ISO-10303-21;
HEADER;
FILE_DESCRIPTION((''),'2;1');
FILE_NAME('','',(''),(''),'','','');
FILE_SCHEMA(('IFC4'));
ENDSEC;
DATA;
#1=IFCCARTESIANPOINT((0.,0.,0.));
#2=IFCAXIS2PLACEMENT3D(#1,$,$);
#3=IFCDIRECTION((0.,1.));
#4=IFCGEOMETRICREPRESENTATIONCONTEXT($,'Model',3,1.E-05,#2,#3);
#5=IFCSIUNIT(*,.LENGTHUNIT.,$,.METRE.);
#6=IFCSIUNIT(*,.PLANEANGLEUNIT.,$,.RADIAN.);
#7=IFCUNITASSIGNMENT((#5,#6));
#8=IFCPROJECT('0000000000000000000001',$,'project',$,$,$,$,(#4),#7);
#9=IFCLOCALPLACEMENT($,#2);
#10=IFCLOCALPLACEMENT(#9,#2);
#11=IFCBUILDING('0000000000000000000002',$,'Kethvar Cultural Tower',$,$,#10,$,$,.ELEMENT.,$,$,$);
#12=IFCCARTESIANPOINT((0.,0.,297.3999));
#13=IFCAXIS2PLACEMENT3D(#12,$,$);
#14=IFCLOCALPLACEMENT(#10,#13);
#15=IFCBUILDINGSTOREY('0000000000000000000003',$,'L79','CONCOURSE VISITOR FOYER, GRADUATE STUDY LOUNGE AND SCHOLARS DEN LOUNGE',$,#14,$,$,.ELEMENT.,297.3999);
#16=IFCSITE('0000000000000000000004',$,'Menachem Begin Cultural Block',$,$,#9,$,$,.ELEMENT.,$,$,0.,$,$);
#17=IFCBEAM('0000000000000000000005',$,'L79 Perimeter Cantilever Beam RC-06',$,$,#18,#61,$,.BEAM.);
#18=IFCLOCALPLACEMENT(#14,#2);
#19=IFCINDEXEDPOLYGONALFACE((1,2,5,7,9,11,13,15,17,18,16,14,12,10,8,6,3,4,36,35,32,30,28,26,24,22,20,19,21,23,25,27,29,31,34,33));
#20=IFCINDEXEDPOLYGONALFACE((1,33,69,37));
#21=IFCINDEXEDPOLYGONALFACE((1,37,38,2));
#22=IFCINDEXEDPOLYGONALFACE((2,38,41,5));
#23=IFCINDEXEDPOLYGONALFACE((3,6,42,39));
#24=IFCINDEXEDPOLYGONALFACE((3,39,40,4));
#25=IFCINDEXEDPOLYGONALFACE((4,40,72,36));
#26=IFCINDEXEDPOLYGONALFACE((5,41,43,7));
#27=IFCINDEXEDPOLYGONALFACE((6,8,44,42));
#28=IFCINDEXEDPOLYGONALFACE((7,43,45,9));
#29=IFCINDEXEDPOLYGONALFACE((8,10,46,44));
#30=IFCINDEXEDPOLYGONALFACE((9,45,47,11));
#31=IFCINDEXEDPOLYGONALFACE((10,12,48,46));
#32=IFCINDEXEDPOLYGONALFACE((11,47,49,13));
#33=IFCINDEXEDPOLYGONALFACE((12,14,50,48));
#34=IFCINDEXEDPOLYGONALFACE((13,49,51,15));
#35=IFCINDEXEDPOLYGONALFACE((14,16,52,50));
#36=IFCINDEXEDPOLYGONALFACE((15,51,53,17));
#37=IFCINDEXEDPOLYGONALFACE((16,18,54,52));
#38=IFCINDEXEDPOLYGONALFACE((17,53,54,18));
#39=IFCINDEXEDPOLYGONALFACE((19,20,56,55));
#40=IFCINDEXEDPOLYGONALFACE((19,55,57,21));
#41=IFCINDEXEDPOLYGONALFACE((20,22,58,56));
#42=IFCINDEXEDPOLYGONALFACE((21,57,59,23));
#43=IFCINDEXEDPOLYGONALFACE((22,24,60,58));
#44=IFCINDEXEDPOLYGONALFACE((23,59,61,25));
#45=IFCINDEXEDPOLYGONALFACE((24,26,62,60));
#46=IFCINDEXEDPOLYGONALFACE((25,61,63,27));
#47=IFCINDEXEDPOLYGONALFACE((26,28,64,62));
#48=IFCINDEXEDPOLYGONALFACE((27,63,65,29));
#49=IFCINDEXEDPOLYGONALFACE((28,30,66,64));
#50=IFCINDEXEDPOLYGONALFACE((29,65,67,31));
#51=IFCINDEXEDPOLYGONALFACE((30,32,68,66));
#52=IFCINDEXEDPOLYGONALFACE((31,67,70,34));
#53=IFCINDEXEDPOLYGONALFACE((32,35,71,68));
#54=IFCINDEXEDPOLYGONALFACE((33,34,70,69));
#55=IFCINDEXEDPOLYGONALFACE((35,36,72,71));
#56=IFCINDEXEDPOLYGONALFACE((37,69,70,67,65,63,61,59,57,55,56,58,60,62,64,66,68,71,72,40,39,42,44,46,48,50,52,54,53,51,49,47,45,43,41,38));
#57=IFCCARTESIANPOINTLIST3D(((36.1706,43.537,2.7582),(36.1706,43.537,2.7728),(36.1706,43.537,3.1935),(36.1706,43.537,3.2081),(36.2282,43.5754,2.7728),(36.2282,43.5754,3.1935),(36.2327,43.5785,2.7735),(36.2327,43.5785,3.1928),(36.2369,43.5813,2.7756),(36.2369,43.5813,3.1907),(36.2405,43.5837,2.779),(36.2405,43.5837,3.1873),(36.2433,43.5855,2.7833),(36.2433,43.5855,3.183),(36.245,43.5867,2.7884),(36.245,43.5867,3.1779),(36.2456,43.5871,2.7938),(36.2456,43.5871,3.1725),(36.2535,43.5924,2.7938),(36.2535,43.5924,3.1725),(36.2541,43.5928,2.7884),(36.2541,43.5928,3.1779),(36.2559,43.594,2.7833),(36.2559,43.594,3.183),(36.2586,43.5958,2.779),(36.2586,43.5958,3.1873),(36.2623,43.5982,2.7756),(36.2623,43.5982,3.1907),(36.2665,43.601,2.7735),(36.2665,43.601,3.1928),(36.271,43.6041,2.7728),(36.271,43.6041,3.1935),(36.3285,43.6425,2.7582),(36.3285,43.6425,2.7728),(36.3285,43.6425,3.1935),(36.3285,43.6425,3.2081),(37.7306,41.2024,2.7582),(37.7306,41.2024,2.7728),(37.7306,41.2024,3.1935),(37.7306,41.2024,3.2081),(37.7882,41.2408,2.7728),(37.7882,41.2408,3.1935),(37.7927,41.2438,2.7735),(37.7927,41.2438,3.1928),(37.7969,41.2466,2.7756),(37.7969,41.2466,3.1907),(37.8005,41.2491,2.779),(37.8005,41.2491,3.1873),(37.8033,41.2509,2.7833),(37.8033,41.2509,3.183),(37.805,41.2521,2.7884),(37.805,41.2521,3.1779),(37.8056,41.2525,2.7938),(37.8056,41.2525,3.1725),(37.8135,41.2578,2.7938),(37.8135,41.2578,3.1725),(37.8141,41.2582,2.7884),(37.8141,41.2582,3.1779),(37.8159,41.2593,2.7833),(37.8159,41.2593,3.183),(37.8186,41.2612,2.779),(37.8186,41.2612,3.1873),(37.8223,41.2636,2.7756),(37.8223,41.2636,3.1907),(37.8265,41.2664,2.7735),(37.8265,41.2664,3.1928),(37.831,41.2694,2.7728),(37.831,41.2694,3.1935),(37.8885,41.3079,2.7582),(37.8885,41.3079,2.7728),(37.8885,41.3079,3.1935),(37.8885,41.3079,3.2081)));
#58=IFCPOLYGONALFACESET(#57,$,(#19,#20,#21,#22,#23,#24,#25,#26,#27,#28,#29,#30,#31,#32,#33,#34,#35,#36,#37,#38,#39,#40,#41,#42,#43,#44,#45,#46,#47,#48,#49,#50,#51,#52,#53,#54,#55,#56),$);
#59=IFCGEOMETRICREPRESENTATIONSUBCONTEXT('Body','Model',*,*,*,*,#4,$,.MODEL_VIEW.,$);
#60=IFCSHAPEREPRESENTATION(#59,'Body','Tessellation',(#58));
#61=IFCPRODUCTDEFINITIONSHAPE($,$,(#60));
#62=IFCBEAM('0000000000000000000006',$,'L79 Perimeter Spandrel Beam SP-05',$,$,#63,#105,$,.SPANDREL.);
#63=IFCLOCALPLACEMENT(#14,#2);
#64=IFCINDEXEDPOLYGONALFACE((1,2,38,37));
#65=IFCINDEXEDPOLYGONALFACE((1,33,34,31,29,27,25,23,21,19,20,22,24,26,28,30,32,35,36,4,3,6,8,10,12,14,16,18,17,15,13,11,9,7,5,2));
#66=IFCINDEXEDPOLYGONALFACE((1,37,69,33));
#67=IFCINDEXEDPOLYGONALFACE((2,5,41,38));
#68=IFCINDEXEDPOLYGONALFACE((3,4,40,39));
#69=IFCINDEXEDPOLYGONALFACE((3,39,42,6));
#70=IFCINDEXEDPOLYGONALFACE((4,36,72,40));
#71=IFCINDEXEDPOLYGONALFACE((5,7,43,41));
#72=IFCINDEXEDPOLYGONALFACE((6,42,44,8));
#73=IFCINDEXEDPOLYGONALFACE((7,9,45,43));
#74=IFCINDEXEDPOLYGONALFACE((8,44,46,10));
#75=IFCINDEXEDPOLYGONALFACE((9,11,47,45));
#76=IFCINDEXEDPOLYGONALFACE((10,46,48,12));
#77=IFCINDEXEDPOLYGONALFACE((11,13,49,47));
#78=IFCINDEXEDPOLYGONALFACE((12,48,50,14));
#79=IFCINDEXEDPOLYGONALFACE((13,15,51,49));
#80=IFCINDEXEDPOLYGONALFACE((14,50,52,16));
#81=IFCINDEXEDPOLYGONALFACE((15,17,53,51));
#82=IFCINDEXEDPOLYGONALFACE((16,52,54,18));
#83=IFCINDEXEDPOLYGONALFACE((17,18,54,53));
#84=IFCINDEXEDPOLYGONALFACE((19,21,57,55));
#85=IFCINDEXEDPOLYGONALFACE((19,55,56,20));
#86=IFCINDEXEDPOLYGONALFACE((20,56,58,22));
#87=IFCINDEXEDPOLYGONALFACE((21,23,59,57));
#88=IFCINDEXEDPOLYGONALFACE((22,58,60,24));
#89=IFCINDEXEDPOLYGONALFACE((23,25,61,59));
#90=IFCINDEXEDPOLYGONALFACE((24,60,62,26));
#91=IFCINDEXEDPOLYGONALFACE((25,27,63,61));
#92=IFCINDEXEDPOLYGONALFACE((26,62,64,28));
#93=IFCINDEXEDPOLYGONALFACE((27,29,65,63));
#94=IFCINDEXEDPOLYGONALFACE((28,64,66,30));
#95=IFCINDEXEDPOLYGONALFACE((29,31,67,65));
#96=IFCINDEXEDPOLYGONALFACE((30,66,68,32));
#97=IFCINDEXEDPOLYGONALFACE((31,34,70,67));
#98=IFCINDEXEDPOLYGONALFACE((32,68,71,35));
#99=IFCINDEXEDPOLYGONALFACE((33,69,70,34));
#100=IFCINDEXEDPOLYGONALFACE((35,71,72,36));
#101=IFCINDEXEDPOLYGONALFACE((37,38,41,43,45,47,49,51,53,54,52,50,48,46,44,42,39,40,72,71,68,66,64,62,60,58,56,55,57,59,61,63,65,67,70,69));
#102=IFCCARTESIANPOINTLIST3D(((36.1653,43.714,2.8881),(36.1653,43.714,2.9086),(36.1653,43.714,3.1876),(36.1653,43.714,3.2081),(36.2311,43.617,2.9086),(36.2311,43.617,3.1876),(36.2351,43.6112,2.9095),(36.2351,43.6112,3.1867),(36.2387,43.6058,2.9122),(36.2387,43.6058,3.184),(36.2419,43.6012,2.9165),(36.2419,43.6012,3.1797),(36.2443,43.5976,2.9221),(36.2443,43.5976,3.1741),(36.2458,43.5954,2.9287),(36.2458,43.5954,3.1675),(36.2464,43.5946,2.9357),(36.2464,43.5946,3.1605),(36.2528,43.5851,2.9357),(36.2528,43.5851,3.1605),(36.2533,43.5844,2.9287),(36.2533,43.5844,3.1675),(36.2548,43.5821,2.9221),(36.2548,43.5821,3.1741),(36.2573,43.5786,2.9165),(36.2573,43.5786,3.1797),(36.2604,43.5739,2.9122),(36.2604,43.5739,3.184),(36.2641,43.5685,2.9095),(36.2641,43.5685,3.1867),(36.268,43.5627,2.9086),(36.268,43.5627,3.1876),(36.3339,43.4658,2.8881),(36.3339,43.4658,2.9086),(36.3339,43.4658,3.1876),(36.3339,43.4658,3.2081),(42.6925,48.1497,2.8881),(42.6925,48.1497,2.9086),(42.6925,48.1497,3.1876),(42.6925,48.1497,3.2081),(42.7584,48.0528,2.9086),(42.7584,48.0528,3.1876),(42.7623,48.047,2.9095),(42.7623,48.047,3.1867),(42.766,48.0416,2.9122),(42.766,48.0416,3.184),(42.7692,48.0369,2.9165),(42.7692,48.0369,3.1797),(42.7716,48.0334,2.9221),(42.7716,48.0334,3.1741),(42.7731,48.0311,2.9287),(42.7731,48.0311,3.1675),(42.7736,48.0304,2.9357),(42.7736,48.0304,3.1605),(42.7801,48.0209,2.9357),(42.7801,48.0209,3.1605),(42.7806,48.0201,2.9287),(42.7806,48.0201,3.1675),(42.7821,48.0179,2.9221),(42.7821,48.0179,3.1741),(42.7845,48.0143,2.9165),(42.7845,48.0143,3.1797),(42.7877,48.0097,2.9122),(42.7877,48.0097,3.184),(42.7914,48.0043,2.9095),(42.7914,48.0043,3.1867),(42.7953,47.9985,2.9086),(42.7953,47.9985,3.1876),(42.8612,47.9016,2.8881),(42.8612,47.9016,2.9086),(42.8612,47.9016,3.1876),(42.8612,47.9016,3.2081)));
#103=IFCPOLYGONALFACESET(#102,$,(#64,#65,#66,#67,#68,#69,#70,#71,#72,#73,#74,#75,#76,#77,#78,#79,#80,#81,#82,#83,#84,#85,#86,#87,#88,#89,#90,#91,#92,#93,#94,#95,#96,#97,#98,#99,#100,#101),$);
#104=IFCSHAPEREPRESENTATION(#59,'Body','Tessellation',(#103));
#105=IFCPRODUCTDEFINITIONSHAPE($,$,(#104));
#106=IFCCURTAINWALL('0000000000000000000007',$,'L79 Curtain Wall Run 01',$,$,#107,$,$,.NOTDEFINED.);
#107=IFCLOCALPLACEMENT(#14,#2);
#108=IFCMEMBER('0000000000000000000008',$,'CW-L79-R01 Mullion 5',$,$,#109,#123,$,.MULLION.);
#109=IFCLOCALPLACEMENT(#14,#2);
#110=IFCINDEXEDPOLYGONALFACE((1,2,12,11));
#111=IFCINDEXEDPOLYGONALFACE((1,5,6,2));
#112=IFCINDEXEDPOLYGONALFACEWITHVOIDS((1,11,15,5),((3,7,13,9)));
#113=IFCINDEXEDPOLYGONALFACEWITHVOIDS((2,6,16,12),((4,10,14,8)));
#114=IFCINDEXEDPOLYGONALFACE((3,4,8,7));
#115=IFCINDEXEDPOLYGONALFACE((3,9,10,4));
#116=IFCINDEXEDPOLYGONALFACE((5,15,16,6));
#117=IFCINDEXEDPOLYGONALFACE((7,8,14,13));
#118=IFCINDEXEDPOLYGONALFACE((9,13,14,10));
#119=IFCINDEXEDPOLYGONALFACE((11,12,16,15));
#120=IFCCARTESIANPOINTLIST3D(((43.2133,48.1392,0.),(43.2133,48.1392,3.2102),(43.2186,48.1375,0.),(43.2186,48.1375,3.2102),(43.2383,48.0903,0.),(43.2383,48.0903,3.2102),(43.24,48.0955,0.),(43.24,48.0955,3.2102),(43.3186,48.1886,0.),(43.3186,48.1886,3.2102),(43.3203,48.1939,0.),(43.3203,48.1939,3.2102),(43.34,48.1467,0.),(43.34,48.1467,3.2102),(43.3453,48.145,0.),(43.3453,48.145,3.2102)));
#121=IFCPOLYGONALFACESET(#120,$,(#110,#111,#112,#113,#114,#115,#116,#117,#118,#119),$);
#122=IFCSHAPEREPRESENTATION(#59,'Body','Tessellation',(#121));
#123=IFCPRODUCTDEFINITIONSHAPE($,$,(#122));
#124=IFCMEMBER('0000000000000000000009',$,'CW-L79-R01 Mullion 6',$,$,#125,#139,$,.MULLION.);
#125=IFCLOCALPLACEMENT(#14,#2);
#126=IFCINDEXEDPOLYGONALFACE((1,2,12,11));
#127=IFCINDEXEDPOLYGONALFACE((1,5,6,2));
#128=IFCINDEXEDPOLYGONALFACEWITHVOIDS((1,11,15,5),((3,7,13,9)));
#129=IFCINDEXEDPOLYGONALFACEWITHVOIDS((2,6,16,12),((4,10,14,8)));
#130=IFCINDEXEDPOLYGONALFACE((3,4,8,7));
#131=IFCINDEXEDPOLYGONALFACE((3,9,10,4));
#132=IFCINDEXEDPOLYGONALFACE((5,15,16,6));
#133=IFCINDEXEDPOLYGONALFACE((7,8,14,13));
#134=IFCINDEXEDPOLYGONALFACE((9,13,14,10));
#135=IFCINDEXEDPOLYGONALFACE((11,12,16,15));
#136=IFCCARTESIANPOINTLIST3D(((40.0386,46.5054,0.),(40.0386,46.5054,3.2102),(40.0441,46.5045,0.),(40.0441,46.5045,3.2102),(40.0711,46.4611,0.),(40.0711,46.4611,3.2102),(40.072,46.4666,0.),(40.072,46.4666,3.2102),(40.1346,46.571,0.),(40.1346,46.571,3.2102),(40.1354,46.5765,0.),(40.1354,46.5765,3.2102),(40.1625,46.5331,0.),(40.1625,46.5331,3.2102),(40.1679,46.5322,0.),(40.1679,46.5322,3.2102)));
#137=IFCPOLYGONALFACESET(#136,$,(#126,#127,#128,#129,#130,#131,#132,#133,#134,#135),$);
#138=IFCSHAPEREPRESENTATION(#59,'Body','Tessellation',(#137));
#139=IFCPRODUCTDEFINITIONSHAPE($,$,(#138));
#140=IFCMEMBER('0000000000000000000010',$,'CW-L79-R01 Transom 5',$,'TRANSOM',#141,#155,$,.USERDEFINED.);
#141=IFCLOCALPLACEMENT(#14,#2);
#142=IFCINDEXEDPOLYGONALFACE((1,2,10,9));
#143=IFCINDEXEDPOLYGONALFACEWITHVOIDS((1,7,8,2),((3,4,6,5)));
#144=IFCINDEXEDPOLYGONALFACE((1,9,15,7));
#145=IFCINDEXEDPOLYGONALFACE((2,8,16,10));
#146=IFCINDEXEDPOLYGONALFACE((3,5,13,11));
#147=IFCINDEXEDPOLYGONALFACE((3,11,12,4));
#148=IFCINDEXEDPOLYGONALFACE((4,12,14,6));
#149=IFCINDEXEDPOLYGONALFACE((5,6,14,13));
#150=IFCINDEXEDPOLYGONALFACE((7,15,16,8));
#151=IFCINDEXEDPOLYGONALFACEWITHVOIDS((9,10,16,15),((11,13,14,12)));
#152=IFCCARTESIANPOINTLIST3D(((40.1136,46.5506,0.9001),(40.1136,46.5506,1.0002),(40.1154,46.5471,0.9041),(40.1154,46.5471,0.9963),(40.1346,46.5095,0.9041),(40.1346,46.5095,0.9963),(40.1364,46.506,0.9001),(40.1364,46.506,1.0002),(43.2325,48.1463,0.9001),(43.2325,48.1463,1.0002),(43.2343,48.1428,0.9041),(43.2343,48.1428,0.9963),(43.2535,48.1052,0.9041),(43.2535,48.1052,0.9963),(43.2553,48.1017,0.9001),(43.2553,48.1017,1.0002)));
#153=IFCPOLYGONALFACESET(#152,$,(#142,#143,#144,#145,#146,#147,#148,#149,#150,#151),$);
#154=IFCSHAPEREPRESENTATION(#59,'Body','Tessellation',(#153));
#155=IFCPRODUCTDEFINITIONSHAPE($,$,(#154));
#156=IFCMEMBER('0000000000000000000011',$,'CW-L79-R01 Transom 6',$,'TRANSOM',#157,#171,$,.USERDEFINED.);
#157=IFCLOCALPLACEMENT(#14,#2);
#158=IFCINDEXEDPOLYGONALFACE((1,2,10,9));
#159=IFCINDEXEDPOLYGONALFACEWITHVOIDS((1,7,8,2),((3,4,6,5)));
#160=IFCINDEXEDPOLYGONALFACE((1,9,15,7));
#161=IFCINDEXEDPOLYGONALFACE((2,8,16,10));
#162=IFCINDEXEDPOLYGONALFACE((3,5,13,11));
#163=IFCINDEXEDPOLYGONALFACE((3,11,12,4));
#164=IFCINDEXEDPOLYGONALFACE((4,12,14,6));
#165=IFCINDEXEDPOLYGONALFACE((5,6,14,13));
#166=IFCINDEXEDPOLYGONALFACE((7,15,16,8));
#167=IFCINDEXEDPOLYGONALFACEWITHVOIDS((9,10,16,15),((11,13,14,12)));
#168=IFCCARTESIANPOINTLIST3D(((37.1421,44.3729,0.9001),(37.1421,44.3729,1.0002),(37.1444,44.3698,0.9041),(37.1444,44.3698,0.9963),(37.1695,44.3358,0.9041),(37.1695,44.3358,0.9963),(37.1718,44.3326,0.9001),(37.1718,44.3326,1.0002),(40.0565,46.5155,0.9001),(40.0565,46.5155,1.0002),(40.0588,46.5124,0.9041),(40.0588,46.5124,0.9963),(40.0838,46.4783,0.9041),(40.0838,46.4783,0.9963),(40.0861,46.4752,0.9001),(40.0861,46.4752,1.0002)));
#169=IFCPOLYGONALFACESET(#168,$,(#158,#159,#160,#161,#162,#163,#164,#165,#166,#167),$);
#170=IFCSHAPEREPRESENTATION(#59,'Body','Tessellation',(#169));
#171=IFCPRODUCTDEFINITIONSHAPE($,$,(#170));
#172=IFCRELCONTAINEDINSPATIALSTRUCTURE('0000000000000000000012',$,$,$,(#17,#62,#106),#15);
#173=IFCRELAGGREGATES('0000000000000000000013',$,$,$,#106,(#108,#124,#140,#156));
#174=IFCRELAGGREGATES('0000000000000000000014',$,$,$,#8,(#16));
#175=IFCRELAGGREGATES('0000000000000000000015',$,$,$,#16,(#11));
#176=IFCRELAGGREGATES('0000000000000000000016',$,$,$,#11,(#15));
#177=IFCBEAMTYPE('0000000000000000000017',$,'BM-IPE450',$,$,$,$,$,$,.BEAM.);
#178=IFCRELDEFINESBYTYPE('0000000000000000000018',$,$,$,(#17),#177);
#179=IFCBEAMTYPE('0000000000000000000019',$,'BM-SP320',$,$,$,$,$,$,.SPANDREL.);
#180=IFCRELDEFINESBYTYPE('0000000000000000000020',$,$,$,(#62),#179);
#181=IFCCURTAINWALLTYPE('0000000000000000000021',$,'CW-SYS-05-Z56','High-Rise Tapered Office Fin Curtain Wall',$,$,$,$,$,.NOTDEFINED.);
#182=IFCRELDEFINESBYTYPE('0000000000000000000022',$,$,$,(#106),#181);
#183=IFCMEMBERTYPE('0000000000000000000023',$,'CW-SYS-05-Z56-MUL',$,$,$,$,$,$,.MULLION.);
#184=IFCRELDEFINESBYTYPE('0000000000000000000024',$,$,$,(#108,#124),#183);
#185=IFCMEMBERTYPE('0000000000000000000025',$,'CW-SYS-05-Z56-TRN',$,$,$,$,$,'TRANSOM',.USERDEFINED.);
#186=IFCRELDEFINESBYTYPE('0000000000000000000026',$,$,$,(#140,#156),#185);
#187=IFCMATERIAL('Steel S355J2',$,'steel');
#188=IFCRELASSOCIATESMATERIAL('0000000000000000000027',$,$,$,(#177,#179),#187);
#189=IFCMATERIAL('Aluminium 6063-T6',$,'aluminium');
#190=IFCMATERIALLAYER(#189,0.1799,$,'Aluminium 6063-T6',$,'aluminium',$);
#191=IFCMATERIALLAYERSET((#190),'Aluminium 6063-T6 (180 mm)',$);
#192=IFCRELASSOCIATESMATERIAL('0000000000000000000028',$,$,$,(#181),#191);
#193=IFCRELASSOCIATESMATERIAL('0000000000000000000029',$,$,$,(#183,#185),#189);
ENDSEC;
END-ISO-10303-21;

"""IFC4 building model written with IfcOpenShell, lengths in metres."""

from ifc_helpers import new_model, si_unit, direction, frame, origin, origin_2d, place, context, subcontext, project, spatial, hollow_rectangle, i_section, extrude, source, transform, mapped, material, layer, layer_set, material_profile, profile_set, type_object, element, aggregate, save


model = new_model("IFC4")

# Units and contexts
model_context = context("Model", 3, precision=1e-05, world=origin(), true_north=direction((0.0, 1.0)))
body_context = subcontext(model_context, "Body", "Model", "MODEL_VIEW")
ifc_project = project(units=[si_unit("LENGTHUNIT", "METRE"), si_unit("PLANEANGLEUNIT", "RADIAN")], contexts=[model_context])

# Site, building, storey
site_placement = place(None, origin())
site = spatial("IfcSite", under=ifc_project, at=site_placement, Name="Menachem Begin Cultural Block", CompositionType="ELEMENT", RefElevation=0.0)
building_placement = place(site_placement, origin())
building = spatial("IfcBuilding", under=site, at=building_placement, Name="Kethvar Cultural Tower", CompositionType="ELEMENT")
storey_placement = place(building_placement, frame((0.0, 0.0, 297.3999)))
storey = spatial("IfcBuildingStorey", under=building, at=storey_placement, Name="L79", Description="CONCOURSE VISITOR FOYER, GRADUATE STUDY LOUNGE AND SCHOLARS DEN LOUNGE", CompositionType="ELEMENT", Elevation=297.3999)

# Shared definitions
ifc_material_1 = material(Name="Steel S355J2", Category="steel")

# Beams
ifc_material_profile_1 = material_profile(ifc_material_1, i_section(OverallWidth=0.1899, OverallDepth=0.45, WebThickness=0.0095, FlangeThickness=0.0146, FilletRadius=0.021, at=origin_2d()), Name="Steel S355J2 — IPE450")
ifc_profile_set_1 = profile_set([ifc_material_profile_1], Name="Steel S355J2 — IPE450")
beam_type_1 = type_object("IfcBeamType", Name="BM-IPE450", PredefinedType="BEAM", material=ifc_profile_set_1)
shared_shape_1 = source(origin(), body_context, "Body", "SweptSolid", [
    extrude(i_section(OverallWidth=0.1899, OverallDepth=0.45, WebThickness=0.0095, FlangeThickness=0.0146, FilletRadius=0.021, at=origin_2d()), origin(), (0.0, 0.0, 1.0), 2.8079),
])
beam_1_placement = place(storey_placement, frame((37.8096, 41.2551, 2.9832), z_axis=(-0.555583, 0.831461, 0.0), x_axis=(-0.831461, -0.555583, 0.0)))
element("IfcBeam", 1, at=beam_1_placement, inside=storey, type_object=beam_type_1, Name="L79 Perimeter Cantilever Beam RC-06", PredefinedType="BEAM", context=body_context, shape_type="MappedRepresentation", body=[
    mapped(shared_shape_1, transform((0.0, 0.0, 0.0), scale=1.0)),
])
ifc_material_profile_2 = material_profile(ifc_material_1, i_section(OverallWidth=0.3, OverallDepth=0.3201, WebThickness=0.0115, FlangeThickness=0.0205, FilletRadius=0.0271, at=origin_2d()), Name="Steel S355J2 — HEB320")
ifc_profile_set_2 = profile_set([ifc_material_profile_2], Name="Steel S355J2 — HEB320")
beam_type_2 = type_object("IfcBeamType", Name="BM-SP320", PredefinedType="SPANDREL", material=ifc_profile_set_2)
shared_shape_2 = source(origin(), body_context, "Body", "SweptSolid", [
    extrude(i_section(OverallWidth=0.3, OverallDepth=0.3201, WebThickness=0.0115, FlangeThickness=0.0205, FilletRadius=0.0271, at=origin_2d()), origin(), (0.0, 0.0, 1.0), 7.8918),
])
beam_2_placement = place(storey_placement, frame((42.7769, 48.0256, 3.0481), z_axis=(-0.827092, -0.562067, 0.0), x_axis=(0.562067, -0.827092, 0.0)))
element("IfcBeam", 2, at=beam_2_placement, inside=storey, type_object=beam_type_2, Name="L79 Perimeter Spandrel Beam SP-05", PredefinedType="SPANDREL", context=body_context, shape_type="MappedRepresentation", body=[
    mapped(shared_shape_2, transform((0.0, 0.0, 0.0), scale=1.0)),
])

# Curtain wall, members
ifc_material_2 = material(Name="Aluminium 6063-T6", Category="aluminium")
ifc_layer_1 = layer(ifc_material_2, 0.1799, Name="Aluminium 6063-T6", Category="aluminium")
ifc_layer_set_1 = layer_set([ifc_layer_1], Name="Aluminium 6063-T6 (180 mm)")
curtain_wall_type = type_object("IfcCurtainWallType", Name="CW-SYS-05-Z56", Description="High-Rise Tapered Office Fin Curtain Wall", PredefinedType="NOTDEFINED", material=ifc_layer_set_1)
curtain_wall_placement = place(storey_placement, origin())
curtain_wall = element("IfcCurtainWall", 3, at=curtain_wall_placement, inside=storey, type_object=curtain_wall_type, Name="L79 Curtain Wall Run 01", PredefinedType="NOTDEFINED")
ifc_material_profile_3 = material_profile(ifc_material_2, hollow_rectangle(XDim=0.0549, YDim=0.1201, WallThickness=0.0039, at=origin_2d()), Name="Aluminium 6063-T6 — RHS120x55x4")
ifc_profile_set_3 = profile_set([ifc_material_profile_3], Name="Aluminium 6063-T6 — RHS120x55x4")
member_type_1 = type_object("IfcMemberType", Name="CW-SYS-05-Z56-MUL", PredefinedType="MULLION", material=ifc_profile_set_3)
shared_shape_3 = source(origin(), body_context, "Body", "SweptSolid", [
    extrude(hollow_rectangle(XDim=0.0549, YDim=0.1201, WallThickness=0.0039, at=origin_2d()), origin(), (0.0, 0.0, 1.0), 3.2102),
])
member_1_placement = place(storey_placement, frame((43.2793, 48.1421, 0.0), z_axis=(0.0, 0.0, 1.0), x_axis=(0.455483, -0.890245, 0.0)))
member_1 = element("IfcMember", 4, at=member_1_placement, type_object=member_type_1, Name="CW-L79-R01 Mullion 5", PredefinedType="MULLION", context=body_context, shape_type="MappedRepresentation", body=[
    mapped(shared_shape_3, transform((0.0, 0.0, 0.0), scale=1.0)),
])
member_2_placement = place(storey_placement, frame((40.1033, 46.5188, 0.0), z_axis=(0.0, 0.0, 1.0), x_axis=(0.592309, -0.805711, 0.0)))
member_2 = element("IfcMember", 5, at=member_2_placement, type_object=member_type_1, Name="CW-L79-R01 Mullion 6", PredefinedType="MULLION", context=body_context, shape_type="MappedRepresentation", body=[
    mapped(shared_shape_3, transform((0.0, 0.0, 0.0), scale=1.0)),
])
ifc_material_profile_4 = material_profile(ifc_material_2, hollow_rectangle(XDim=0.05, YDim=0.1001, WallThickness=0.0039, at=origin_2d()), Name="Aluminium 6063-T6 — RHS100x50x4")
ifc_profile_set_4 = profile_set([ifc_material_profile_4], Name="Aluminium 6063-T6 — RHS100x50x4")
member_type_2 = type_object("IfcMemberType", Name="CW-SYS-05-Z56-TRN", ElementType="TRANSOM", PredefinedType="USERDEFINED", material=ifc_profile_set_4)
shared_shape_4 = source(origin(), body_context, "Body", "SweptSolid", [
    extrude(hollow_rectangle(XDim=0.05, YDim=0.1001, WallThickness=0.0039, at=origin_2d()), origin(), (0.0, 0.0, 1.0), 3.5034),
])
member_3_placement = place(storey_placement, frame((43.2439, 48.124, 0.9502), z_axis=(-0.890249, -0.455473, 0.0), x_axis=(0.455473, -0.890249, 0.0)))
member_3 = element("IfcMember", 6, at=member_3_placement, type_object=member_type_2, Name="CW-L79-R01 Transom 5", ObjectType="TRANSOM", PredefinedType="USERDEFINED", context=body_context, shape_type="MappedRepresentation", body=[
    mapped(shared_shape_4, transform((0.0, 0.0, 0.0), scale=1.0)),
])
shared_shape_5 = source(origin(), body_context, "Body", "SweptSolid", [
    extrude(hollow_rectangle(XDim=0.05, YDim=0.1001, WallThickness=0.0039, at=origin_2d()), origin(), (0.0, 0.0, 1.0), 3.6172),
])
member_4_placement = place(storey_placement, frame((40.0713, 46.4954, 0.9502), z_axis=(-0.80569, -0.592338, 0.0), x_axis=(0.592338, -0.80569, 0.0)))
member_4 = element("IfcMember", 7, at=member_4_placement, type_object=member_type_2, Name="CW-L79-R01 Transom 6", ObjectType="TRANSOM", PredefinedType="USERDEFINED", context=body_context, shape_type="MappedRepresentation", body=[
    mapped(shared_shape_5, transform((0.0, 0.0, 0.0), scale=1.0)),
])
aggregate(curtain_wall, [member_1, member_2, member_3, member_4])

save(model, "model.ifc")
